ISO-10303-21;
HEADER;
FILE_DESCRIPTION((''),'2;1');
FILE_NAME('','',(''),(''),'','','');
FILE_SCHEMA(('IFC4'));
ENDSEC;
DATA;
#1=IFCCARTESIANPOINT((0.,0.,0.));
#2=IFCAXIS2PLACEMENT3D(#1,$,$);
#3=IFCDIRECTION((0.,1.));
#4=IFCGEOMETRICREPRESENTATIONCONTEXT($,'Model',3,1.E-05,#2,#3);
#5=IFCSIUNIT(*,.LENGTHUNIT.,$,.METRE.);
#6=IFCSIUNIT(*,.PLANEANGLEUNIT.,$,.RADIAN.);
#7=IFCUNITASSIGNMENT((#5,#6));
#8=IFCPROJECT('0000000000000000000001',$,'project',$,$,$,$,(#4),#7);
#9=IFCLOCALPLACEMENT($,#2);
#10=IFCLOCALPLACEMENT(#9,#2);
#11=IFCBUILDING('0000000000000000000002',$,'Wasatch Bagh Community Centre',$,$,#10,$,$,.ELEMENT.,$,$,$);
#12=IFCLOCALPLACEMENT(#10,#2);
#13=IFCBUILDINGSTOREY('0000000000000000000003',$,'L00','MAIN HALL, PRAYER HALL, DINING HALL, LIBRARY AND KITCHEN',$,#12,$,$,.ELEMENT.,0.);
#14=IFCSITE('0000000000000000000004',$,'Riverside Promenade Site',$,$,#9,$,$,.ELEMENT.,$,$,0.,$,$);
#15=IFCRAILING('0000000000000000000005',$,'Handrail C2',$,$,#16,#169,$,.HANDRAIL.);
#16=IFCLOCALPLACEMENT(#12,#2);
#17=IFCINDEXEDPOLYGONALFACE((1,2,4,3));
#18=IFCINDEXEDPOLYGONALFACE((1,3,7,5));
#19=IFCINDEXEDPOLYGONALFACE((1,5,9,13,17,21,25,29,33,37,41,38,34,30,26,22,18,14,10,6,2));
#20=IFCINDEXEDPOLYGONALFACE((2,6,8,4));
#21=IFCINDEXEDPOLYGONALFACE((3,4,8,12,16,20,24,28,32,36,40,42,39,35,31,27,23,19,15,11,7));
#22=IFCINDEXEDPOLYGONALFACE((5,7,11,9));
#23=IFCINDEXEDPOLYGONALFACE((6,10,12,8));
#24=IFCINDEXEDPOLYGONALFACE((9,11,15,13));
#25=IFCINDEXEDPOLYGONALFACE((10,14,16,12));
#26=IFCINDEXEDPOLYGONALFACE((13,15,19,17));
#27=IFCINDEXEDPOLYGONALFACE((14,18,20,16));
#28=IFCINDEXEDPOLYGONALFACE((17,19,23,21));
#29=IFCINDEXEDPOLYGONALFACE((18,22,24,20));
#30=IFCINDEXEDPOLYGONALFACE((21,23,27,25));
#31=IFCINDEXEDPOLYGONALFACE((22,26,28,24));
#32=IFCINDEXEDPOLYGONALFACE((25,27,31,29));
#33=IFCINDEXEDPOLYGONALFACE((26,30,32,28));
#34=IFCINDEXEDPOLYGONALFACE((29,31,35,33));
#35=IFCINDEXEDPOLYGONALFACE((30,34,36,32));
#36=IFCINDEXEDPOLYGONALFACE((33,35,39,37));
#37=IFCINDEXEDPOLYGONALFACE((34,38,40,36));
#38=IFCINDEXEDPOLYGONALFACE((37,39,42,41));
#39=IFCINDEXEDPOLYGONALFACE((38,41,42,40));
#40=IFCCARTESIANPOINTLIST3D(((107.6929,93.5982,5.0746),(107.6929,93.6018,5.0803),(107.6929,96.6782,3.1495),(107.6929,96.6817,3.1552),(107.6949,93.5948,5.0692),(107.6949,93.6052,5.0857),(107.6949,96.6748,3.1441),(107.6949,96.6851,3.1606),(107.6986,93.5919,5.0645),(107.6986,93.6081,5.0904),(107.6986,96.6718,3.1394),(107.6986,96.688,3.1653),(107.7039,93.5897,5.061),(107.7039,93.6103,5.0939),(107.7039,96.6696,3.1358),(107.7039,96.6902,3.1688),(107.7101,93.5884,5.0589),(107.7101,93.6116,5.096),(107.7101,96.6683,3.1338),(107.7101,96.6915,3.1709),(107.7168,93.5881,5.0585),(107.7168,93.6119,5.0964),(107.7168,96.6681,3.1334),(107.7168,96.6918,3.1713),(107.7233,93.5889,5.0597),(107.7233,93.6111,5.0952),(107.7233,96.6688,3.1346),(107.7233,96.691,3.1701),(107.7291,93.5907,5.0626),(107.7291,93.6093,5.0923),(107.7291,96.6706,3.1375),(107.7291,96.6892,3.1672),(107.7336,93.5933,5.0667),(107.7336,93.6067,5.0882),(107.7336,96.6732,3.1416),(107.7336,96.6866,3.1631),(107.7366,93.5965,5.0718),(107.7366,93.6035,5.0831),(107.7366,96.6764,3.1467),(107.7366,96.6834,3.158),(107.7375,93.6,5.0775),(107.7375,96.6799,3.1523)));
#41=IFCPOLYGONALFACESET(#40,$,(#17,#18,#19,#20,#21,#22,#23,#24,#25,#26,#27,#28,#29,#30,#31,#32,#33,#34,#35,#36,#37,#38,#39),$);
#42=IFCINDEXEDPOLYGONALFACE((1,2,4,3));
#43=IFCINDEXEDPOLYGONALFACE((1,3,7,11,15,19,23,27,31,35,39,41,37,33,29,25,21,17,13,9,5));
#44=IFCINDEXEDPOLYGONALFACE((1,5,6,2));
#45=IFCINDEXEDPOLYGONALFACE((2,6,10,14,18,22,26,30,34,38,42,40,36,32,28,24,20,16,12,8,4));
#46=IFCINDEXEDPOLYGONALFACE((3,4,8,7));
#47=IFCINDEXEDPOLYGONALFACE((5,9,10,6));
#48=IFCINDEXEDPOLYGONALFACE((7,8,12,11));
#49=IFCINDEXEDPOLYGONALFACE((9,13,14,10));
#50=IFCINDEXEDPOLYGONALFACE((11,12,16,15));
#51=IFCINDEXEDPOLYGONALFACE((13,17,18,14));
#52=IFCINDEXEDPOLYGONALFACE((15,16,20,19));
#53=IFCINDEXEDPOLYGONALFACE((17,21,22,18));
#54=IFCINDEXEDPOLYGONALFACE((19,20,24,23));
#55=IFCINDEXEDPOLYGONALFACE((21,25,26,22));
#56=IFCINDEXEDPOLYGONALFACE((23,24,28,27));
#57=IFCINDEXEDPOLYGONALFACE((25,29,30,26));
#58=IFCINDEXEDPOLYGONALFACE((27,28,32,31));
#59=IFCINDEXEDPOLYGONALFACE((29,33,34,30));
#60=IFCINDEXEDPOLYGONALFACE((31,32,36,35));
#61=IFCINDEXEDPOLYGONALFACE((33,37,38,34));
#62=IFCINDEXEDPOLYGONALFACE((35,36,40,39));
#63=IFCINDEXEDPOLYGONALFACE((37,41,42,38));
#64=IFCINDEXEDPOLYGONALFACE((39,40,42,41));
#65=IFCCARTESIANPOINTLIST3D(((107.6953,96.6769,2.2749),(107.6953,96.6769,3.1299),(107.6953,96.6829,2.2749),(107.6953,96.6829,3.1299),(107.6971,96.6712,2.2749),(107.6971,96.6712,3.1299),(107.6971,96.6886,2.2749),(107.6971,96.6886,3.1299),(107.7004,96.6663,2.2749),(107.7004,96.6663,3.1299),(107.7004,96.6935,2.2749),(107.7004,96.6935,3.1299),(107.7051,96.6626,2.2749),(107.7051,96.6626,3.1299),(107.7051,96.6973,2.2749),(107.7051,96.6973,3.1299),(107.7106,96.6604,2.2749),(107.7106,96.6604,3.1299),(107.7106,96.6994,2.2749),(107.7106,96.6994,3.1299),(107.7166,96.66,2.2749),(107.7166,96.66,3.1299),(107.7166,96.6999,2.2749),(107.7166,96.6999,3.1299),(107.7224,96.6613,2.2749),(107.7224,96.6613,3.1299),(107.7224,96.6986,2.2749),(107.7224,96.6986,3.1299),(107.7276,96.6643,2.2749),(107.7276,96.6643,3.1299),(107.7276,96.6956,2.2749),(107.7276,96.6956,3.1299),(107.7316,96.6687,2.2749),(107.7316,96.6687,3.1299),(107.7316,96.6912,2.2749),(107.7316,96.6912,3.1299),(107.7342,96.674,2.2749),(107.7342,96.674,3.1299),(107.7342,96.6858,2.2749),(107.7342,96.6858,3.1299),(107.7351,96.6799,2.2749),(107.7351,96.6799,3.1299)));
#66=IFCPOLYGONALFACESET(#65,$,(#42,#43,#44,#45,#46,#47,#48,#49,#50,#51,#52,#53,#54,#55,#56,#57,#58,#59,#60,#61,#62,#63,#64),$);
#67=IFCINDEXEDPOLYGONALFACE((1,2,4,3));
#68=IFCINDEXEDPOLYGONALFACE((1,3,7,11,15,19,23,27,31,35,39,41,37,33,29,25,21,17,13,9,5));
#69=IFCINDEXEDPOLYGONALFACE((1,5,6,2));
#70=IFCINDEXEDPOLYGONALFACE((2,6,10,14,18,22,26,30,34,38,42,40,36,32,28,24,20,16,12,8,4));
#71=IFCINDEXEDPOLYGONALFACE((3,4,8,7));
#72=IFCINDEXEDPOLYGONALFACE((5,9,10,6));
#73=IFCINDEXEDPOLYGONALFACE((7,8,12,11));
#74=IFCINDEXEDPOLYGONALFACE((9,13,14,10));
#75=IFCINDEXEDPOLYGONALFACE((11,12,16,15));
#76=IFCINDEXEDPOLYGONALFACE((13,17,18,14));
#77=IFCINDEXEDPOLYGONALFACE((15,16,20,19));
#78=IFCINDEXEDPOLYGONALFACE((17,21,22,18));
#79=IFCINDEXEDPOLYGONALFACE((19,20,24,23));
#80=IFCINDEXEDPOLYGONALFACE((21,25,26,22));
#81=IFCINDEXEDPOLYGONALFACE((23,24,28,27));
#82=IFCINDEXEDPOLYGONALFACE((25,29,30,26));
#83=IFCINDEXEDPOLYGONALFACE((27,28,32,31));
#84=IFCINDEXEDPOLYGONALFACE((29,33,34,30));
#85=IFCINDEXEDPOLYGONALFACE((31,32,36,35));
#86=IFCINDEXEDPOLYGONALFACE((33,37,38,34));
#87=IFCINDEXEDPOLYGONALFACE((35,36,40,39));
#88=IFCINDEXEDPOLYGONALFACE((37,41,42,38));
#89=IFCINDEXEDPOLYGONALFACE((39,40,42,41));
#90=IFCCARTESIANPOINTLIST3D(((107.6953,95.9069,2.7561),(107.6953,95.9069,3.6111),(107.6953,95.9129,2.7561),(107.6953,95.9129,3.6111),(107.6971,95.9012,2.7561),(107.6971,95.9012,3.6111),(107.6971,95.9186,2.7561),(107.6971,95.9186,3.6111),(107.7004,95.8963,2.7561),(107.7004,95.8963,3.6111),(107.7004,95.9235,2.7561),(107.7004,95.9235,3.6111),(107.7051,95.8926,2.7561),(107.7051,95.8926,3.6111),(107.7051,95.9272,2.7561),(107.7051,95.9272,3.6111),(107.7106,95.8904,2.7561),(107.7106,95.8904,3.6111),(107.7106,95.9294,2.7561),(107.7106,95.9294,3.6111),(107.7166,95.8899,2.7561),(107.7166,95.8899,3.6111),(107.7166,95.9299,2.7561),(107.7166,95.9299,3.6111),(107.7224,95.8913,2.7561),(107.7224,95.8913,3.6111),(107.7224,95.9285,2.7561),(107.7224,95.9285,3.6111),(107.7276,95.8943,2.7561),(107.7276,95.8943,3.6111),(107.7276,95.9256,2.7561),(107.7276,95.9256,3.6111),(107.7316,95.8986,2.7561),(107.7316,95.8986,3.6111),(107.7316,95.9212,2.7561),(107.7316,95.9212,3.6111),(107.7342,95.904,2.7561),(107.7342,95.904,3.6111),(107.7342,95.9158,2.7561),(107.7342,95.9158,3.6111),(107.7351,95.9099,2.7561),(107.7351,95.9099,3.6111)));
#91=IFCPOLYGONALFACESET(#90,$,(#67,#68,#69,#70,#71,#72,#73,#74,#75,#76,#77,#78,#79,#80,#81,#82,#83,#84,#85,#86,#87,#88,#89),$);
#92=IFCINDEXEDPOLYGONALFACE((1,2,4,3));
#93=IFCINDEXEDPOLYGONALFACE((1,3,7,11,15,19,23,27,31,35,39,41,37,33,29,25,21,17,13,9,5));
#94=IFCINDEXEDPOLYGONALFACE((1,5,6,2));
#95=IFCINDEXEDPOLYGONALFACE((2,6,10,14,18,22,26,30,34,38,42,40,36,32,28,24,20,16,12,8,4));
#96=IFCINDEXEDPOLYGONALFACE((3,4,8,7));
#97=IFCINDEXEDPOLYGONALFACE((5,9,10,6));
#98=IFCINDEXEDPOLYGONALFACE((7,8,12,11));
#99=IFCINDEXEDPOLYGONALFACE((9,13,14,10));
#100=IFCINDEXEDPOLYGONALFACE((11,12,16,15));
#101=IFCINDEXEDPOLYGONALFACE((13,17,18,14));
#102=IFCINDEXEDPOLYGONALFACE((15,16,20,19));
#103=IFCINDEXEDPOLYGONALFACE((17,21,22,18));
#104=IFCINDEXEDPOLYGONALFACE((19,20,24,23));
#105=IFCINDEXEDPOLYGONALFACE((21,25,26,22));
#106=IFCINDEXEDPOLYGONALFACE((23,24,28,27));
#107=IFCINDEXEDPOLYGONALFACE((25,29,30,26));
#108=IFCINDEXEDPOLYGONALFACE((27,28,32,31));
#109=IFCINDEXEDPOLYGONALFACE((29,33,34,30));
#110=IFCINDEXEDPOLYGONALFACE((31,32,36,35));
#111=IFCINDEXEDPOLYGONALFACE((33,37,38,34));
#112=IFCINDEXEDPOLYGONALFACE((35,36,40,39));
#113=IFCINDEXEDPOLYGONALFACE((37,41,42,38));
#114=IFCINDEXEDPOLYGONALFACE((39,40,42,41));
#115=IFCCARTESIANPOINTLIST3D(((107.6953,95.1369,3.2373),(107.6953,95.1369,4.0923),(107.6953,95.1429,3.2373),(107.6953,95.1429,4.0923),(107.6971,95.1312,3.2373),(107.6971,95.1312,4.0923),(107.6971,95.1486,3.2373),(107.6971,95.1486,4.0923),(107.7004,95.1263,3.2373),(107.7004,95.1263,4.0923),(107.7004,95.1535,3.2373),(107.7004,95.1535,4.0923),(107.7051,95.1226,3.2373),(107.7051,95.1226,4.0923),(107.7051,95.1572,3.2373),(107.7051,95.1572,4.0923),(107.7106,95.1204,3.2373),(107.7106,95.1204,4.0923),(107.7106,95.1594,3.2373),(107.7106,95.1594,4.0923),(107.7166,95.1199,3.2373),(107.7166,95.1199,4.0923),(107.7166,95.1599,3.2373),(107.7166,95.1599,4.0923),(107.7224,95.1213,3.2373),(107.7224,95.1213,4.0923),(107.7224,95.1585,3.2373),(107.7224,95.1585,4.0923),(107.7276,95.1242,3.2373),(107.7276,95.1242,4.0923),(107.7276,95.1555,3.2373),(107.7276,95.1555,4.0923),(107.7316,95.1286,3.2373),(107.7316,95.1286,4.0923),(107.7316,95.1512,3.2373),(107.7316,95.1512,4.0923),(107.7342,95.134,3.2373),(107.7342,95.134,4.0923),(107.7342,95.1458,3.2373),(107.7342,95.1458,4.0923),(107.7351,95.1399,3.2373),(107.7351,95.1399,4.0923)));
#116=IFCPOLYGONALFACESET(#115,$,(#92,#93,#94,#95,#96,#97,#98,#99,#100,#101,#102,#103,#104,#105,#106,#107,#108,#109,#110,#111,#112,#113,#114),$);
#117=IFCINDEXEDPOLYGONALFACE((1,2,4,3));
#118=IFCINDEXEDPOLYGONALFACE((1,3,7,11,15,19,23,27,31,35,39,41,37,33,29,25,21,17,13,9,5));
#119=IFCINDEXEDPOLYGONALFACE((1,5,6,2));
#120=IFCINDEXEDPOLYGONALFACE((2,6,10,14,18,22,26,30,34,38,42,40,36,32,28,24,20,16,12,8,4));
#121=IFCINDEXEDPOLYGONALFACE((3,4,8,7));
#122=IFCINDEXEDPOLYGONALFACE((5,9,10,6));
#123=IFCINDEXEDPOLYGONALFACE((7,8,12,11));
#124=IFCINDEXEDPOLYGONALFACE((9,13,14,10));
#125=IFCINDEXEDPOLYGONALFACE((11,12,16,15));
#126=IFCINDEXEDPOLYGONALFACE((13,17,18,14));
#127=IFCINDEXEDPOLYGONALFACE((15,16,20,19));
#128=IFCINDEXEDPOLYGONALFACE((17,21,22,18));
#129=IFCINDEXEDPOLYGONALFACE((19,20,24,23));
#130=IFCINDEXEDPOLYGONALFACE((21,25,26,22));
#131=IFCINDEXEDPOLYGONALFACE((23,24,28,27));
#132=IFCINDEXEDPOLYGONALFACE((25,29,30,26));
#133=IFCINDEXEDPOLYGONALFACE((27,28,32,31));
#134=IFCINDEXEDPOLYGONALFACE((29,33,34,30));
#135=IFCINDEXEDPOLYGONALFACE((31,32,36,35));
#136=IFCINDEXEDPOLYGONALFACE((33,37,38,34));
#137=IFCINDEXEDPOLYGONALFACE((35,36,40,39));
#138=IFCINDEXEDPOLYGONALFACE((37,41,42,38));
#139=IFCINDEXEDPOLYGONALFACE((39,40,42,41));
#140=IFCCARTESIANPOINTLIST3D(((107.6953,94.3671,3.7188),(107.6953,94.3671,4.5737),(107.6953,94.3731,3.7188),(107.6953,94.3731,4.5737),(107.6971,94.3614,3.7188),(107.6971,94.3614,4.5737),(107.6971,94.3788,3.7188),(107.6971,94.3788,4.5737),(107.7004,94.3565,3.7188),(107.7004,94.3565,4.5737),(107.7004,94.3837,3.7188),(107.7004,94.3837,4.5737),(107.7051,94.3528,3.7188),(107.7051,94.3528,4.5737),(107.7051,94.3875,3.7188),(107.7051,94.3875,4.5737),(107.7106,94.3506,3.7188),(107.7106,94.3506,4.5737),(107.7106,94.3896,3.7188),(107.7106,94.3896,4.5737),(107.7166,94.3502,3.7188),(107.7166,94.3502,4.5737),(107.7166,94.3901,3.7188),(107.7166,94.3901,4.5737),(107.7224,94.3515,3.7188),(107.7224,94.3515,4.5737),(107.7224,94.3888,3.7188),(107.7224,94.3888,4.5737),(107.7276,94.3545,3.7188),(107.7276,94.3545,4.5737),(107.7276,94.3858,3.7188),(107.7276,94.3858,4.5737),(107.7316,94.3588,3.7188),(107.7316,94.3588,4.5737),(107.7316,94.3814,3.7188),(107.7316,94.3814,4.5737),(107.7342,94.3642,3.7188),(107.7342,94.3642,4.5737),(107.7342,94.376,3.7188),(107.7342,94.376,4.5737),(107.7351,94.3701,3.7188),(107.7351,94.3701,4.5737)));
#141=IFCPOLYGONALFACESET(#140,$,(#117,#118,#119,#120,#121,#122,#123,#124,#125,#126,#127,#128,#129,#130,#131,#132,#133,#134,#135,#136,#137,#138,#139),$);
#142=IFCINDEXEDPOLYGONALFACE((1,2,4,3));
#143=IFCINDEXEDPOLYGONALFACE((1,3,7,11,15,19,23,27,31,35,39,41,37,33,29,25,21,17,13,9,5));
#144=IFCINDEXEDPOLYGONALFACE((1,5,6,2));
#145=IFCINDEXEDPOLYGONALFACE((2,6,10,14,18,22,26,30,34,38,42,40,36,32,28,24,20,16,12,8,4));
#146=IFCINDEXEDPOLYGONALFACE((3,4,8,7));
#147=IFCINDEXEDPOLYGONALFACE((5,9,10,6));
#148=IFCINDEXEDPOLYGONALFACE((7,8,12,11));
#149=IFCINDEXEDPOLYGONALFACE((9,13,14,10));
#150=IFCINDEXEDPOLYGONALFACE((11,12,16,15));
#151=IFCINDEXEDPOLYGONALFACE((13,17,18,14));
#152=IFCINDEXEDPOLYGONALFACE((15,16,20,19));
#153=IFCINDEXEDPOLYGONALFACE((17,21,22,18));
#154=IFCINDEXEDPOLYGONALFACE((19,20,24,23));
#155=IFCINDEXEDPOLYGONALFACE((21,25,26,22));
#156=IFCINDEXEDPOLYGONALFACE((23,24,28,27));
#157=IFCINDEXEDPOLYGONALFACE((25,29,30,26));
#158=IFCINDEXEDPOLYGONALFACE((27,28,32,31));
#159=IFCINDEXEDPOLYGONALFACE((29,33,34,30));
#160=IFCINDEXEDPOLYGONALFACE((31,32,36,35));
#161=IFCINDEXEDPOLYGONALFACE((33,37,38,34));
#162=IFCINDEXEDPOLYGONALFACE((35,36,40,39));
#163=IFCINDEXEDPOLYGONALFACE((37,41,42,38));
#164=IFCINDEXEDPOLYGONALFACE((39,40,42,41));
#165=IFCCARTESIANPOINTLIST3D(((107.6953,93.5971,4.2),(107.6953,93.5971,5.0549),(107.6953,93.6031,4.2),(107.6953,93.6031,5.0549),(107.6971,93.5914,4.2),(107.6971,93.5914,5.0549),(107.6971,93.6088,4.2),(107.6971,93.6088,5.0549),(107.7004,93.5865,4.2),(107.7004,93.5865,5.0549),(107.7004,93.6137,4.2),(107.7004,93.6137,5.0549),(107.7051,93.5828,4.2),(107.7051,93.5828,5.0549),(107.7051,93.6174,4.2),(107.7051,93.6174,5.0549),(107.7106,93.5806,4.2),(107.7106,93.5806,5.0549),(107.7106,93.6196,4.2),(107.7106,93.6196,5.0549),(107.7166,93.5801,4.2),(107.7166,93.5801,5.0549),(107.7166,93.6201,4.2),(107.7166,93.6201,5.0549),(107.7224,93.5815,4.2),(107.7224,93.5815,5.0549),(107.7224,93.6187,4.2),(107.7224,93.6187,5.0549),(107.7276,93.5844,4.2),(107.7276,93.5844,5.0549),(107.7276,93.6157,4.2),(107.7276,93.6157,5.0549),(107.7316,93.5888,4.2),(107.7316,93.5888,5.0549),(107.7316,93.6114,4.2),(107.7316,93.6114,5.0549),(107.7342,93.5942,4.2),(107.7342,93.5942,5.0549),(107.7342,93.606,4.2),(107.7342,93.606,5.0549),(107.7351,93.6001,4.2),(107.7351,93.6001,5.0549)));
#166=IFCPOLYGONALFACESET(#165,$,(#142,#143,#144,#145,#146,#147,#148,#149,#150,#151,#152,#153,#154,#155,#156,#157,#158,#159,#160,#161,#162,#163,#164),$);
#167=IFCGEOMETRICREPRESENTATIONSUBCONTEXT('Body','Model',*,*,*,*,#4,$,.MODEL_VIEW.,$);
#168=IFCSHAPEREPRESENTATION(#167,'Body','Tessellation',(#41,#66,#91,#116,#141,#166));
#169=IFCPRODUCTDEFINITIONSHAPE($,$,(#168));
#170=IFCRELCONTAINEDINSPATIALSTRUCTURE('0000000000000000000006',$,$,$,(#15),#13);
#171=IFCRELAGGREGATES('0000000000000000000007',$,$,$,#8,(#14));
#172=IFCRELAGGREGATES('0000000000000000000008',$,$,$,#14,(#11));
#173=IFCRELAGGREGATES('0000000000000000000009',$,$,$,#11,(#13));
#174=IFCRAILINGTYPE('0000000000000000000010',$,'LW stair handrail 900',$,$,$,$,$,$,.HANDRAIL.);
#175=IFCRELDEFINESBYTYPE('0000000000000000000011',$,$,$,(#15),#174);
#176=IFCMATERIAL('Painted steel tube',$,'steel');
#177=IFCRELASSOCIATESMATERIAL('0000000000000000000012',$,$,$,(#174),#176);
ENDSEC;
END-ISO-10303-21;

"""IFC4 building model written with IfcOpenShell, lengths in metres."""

from ifc_helpers import new_model, si_unit, direction, frame, origin, origin_2d, place, context, subcontext, project, spatial, circle, extrude, material, type_object, element, save


model = new_model("IFC4")

# Units and contexts
model_context = context("Model", 3, precision=1e-05, world=origin(), true_north=direction((0.0, 1.0)))
body_context = subcontext(model_context, "Body", "Model", "MODEL_VIEW")
ifc_project = project(units=[si_unit("LENGTHUNIT", "METRE"), si_unit("PLANEANGLEUNIT", "RADIAN")], contexts=[model_context])

# Site, building, storey
site_placement = place(None, origin())
site = spatial("IfcSite", under=ifc_project, at=site_placement, Name="Riverside Promenade Site", CompositionType="ELEMENT", RefElevation=0.0)
building_placement = place(site_placement, origin())
building = spatial("IfcBuilding", under=site, at=building_placement, Name="Wasatch Bagh Community Centre", CompositionType="ELEMENT")
storey_placement = place(building_placement, origin())
storey = spatial("IfcBuildingStorey", under=building, at=storey_placement, Name="L00", Description="MAIN HALL, PRAYER HALL, DINING HALL, LIBRARY AND KITCHEN", CompositionType="ELEMENT", Elevation=0.0)

# Railing
ifc_material_1 = material(Name="Painted steel tube", Category="steel")
railing_type_1 = type_object("IfcRailingType", Name="LW stair handrail 900", PredefinedType="HANDRAIL", material=ifc_material_1)
for number, where, name in (
    (1, (107.7151, 96.6799, 2.2749), "Handrail C2"),
):
    element("IfcRailing", number, at=place(storey_placement, frame(where)), inside=storey, type_object=railing_type_1, Name=name, PredefinedType="HANDRAIL", context=body_context, shape_type="SweptSolid", body=[
        extrude(circle(Radius=0.0225, at=origin_2d()), frame((0.0, 0.0, 0.8774), z_axis=(0.0, -0.847979, 0.530029), x_axis=(1.0, 0.0, 0.0)), (0.0, 0.0, 1.0), 3.6321),
        extrude(circle(Radius=0.02, at=origin_2d()), origin(), (0.0, 0.0, 1.0), 0.855),
        extrude(circle(Radius=0.02, at=origin_2d()), frame((0.0, -0.77, 0.4812)), (0.0, 0.0, 1.0), 0.855),
        extrude(circle(Radius=0.02, at=origin_2d()), frame((0.0, -1.54, 0.9624)), (0.0, 0.0, 1.0), 0.855),
        extrude(circle(Radius=0.02, at=origin_2d()), frame((0.0, -2.3098, 1.4438)), (0.0, 0.0, 1.0), 0.855),
        extrude(circle(Radius=0.02, at=origin_2d()), frame((0.0, -3.0798, 1.925)), (0.0, 0.0, 1.0), 0.855),
    ])

save(model, "model.ifc")
